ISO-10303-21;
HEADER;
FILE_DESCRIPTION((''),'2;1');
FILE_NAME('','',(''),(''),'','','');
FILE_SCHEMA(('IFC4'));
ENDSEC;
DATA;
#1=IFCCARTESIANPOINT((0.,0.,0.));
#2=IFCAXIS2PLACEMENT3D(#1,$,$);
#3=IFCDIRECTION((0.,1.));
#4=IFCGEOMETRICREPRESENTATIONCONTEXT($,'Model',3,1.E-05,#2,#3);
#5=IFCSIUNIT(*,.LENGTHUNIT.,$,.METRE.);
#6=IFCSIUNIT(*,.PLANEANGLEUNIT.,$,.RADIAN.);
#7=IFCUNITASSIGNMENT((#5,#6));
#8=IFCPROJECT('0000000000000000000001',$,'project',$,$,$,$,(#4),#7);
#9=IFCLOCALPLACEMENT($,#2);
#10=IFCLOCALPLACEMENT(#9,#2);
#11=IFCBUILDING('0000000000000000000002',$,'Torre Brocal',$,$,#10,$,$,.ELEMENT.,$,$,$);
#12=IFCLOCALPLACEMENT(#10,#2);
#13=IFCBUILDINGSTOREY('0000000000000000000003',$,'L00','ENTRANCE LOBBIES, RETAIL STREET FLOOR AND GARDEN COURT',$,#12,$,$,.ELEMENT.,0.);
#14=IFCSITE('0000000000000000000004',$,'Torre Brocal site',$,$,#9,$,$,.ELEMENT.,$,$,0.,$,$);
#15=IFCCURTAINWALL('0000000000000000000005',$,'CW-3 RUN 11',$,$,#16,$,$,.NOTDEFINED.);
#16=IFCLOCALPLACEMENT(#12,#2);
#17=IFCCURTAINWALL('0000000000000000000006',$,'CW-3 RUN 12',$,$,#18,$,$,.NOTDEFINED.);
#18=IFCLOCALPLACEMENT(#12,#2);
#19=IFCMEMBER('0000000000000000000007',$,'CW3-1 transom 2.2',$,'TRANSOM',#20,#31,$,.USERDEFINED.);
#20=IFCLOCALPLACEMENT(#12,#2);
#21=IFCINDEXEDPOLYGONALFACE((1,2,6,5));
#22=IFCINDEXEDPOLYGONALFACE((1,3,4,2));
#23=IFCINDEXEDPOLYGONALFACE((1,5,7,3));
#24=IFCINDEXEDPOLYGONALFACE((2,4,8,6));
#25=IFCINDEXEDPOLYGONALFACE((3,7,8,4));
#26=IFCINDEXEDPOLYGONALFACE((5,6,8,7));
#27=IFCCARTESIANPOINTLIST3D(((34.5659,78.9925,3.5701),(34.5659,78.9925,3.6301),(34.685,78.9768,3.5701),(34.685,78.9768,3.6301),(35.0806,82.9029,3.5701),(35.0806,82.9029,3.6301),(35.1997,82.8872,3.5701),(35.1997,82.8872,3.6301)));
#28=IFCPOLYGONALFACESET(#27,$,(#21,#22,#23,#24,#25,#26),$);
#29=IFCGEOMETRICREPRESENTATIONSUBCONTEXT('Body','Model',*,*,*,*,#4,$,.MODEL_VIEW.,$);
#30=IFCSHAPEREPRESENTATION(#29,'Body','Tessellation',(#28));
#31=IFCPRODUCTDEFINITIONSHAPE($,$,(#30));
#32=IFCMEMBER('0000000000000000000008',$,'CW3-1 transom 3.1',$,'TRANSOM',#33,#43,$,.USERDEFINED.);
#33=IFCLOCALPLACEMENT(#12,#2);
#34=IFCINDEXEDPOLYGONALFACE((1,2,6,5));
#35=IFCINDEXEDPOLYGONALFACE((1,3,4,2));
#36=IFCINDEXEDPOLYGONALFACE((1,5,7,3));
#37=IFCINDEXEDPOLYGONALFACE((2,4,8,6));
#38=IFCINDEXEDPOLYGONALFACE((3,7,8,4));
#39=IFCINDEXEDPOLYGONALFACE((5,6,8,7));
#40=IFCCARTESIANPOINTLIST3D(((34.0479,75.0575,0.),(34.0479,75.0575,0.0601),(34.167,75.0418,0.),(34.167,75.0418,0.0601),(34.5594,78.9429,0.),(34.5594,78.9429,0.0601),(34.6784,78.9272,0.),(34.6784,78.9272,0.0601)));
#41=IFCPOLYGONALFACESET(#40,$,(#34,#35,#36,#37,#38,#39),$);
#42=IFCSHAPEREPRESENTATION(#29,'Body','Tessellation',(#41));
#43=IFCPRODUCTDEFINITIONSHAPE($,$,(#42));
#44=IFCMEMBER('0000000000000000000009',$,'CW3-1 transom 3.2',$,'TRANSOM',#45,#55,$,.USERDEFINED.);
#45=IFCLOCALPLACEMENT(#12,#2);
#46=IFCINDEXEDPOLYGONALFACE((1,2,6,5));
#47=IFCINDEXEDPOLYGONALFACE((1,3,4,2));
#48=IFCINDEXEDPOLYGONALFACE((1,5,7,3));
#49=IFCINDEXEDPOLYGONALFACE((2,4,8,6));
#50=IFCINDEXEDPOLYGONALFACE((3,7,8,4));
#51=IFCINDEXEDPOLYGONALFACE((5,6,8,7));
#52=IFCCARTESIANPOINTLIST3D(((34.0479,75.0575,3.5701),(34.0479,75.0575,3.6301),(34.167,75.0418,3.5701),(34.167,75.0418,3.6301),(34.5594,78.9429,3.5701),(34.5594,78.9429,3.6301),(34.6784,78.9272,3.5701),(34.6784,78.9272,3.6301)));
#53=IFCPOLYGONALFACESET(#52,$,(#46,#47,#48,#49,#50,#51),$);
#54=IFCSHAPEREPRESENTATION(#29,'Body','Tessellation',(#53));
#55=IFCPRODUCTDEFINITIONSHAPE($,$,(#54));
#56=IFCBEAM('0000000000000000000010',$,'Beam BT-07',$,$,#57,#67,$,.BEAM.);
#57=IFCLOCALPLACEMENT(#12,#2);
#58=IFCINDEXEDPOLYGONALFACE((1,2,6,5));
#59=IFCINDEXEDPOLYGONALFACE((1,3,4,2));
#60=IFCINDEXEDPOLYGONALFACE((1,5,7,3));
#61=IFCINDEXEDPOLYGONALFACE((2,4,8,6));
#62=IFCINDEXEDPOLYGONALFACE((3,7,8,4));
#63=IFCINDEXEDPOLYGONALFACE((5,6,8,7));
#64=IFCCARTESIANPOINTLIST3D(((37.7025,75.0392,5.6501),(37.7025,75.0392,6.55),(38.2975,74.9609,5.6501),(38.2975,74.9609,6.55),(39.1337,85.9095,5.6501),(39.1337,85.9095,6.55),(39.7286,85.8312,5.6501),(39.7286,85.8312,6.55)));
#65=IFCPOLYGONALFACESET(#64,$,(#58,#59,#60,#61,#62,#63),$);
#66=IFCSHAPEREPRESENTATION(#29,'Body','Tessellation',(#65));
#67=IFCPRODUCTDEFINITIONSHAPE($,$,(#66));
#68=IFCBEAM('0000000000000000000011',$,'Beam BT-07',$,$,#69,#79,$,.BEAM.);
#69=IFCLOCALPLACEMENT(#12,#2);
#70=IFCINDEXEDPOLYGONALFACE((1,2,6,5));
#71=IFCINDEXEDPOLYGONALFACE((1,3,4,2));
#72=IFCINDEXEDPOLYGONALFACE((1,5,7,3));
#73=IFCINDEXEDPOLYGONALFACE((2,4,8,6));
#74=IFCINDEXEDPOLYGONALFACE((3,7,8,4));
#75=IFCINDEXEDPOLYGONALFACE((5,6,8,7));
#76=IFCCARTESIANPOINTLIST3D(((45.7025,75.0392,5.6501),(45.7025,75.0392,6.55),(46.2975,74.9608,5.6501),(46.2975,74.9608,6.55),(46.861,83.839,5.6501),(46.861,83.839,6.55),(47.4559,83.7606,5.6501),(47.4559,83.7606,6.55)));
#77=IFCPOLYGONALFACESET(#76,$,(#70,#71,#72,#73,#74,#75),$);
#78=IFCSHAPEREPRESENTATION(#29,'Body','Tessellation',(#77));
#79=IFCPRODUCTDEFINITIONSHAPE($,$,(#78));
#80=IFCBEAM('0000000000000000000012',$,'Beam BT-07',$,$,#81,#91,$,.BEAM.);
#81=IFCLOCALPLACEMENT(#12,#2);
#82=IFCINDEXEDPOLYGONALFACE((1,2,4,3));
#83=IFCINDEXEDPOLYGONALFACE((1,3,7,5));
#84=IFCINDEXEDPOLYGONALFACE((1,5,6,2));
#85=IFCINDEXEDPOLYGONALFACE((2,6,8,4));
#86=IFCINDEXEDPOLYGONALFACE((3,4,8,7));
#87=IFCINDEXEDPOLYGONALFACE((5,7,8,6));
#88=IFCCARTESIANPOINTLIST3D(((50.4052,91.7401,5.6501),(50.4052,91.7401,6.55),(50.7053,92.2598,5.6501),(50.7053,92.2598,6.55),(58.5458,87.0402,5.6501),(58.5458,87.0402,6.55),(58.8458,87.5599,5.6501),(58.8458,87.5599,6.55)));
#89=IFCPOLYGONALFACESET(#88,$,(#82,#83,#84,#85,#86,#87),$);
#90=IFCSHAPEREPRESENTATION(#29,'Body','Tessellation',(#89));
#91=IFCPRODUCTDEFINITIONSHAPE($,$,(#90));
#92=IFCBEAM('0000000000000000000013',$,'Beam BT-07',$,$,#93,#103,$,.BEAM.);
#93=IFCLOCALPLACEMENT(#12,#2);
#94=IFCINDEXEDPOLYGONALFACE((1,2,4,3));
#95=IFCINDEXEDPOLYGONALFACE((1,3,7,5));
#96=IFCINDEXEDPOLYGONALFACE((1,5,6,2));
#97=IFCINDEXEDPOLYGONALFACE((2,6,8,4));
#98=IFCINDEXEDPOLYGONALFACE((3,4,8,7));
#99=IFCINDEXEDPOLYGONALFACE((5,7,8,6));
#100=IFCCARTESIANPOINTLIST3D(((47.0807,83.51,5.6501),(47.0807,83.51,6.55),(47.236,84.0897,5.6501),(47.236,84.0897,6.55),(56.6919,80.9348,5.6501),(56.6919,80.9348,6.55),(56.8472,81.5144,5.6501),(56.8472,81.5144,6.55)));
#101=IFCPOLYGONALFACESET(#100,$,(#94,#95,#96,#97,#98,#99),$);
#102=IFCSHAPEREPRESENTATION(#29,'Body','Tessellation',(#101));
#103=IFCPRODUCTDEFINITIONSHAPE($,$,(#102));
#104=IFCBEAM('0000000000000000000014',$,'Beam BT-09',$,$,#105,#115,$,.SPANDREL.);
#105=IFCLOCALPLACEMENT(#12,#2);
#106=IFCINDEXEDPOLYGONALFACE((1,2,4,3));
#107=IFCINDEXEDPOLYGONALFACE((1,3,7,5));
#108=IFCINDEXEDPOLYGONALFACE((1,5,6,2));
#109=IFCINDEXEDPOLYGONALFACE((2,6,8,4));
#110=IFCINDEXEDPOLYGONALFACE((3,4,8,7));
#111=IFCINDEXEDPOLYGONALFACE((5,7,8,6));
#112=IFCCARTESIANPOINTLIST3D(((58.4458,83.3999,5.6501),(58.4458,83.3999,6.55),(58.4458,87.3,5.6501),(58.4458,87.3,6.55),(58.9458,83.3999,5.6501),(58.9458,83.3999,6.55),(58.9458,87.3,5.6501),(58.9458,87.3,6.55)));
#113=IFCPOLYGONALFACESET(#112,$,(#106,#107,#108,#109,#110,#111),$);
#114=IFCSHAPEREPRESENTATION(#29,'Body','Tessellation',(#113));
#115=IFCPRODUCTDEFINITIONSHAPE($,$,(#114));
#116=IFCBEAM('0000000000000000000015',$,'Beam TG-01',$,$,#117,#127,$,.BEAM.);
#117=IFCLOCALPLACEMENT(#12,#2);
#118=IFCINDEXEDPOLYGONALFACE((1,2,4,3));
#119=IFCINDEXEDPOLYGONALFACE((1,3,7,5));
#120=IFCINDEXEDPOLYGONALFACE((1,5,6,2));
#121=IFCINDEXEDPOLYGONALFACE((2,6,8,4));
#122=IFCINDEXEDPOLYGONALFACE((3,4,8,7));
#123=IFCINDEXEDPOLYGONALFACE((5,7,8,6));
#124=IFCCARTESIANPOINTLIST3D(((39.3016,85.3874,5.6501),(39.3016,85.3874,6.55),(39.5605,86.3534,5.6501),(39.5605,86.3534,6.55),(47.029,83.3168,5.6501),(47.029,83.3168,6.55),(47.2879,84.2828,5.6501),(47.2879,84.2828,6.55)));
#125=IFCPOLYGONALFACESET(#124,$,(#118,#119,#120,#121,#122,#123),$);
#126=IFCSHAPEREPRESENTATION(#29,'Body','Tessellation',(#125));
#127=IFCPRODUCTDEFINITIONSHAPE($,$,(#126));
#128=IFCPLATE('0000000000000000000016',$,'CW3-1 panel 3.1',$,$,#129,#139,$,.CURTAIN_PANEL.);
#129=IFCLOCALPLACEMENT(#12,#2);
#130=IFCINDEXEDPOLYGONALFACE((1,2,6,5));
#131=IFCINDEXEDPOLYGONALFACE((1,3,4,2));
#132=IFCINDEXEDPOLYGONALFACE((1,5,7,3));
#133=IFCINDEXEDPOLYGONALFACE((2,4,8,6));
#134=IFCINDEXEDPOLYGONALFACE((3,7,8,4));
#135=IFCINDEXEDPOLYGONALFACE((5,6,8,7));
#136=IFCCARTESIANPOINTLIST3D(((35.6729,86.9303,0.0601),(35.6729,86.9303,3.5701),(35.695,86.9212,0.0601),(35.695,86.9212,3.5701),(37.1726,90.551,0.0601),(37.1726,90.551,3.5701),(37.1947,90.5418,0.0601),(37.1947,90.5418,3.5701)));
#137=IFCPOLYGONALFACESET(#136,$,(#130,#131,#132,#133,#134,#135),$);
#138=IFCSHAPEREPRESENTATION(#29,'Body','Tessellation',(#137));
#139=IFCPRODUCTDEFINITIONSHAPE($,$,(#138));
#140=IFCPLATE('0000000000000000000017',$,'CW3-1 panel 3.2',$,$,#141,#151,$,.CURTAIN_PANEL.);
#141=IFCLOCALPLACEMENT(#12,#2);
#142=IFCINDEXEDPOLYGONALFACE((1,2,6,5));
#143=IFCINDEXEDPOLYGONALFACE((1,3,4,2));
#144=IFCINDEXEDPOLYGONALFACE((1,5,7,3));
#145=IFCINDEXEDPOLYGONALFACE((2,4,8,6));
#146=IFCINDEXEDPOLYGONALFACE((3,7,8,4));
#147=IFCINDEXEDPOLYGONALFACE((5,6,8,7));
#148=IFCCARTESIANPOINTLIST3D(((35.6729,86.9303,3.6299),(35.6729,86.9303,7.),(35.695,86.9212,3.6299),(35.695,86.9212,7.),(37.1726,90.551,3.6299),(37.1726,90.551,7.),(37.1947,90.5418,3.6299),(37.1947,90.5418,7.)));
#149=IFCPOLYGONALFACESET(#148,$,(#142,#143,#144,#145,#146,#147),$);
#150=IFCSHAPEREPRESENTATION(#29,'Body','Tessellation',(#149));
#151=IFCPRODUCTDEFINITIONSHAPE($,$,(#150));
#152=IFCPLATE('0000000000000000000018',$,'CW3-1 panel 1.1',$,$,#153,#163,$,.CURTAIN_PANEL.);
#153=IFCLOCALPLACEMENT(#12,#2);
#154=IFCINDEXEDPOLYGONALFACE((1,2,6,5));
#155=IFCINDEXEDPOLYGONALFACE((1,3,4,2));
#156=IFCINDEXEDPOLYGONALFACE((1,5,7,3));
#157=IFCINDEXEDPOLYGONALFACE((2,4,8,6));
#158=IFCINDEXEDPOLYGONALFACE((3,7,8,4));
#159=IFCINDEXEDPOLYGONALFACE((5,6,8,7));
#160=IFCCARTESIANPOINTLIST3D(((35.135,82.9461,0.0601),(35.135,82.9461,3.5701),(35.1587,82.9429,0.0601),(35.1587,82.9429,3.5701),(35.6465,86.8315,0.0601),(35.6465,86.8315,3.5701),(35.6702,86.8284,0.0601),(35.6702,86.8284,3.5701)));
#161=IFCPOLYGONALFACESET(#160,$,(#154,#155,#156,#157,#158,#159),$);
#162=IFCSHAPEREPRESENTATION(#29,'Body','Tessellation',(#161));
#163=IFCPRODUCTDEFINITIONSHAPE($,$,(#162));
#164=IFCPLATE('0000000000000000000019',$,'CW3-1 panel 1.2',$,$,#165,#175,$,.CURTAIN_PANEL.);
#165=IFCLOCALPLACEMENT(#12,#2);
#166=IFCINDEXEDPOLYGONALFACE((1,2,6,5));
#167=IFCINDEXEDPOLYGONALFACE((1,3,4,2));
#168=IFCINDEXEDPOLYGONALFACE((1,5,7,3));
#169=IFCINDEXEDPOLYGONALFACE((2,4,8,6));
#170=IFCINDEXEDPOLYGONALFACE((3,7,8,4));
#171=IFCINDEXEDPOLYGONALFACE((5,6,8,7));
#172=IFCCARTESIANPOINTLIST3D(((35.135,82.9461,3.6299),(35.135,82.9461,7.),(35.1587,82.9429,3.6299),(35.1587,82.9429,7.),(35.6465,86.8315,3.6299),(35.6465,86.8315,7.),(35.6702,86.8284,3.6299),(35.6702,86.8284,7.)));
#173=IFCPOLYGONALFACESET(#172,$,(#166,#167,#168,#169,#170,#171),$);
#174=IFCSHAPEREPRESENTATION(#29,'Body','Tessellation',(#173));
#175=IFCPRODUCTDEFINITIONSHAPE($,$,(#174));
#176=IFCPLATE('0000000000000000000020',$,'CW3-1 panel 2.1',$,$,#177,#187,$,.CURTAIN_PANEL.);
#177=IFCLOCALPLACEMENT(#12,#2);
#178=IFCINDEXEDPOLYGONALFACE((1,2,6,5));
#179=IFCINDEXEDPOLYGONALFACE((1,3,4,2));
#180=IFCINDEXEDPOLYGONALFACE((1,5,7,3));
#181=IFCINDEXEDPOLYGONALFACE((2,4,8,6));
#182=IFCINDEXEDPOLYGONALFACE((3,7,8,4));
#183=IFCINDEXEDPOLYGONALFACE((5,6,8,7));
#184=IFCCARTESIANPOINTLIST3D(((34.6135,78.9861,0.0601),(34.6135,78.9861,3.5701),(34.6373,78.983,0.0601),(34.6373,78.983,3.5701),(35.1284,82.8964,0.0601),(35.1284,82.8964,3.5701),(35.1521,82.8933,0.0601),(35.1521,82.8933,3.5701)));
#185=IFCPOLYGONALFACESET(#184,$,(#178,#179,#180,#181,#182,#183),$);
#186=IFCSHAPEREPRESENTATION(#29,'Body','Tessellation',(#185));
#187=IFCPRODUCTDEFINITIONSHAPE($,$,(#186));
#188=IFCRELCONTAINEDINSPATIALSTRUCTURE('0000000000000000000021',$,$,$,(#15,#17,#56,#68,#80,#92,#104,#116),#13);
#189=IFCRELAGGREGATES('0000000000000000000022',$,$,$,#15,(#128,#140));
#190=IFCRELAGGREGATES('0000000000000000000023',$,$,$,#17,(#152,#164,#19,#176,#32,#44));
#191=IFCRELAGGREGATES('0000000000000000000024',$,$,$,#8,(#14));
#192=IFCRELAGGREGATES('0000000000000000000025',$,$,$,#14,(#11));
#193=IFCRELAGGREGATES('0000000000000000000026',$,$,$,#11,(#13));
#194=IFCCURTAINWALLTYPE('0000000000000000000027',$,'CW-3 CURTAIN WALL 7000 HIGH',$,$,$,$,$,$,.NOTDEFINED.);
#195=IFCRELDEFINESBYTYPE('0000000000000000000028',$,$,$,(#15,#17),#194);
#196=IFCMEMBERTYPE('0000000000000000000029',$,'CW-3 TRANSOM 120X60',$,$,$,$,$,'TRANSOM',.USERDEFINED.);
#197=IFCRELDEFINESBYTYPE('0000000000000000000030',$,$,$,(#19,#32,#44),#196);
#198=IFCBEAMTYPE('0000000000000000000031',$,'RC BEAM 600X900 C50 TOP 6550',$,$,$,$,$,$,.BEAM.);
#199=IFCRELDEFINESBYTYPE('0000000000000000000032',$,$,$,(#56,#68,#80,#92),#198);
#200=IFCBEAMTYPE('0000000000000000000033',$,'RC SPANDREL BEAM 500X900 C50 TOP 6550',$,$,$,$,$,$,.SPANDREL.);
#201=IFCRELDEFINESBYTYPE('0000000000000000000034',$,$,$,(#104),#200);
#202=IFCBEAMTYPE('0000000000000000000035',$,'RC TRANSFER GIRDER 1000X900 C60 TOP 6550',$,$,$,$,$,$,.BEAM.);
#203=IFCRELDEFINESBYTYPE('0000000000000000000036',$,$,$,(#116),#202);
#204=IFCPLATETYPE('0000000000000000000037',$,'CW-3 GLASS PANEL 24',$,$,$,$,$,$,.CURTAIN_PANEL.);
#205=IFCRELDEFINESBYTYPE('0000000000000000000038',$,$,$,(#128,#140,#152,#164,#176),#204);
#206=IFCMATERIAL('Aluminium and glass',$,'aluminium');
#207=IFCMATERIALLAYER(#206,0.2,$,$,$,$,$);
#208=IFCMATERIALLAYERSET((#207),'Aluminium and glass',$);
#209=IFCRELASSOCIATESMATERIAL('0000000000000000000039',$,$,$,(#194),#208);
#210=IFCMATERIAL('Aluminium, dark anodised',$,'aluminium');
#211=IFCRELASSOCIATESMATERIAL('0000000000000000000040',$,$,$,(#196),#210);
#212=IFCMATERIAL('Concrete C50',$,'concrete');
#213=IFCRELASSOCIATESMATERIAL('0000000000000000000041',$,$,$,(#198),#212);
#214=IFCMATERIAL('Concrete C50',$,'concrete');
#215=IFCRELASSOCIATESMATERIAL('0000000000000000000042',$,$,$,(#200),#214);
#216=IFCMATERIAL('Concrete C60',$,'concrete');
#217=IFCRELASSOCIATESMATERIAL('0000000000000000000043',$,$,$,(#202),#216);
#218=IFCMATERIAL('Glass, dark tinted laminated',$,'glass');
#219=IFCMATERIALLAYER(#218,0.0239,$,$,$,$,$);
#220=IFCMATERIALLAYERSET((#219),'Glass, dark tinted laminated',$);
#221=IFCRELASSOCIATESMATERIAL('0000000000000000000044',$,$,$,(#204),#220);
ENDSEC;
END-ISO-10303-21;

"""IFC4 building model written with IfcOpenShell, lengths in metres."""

from ifc_helpers import new_model, si_unit, direction, frame, origin, origin_2d, place, context, subcontext, project, spatial, rectangle, extrude, material, layer, layer_set, material_profile, profile_set, type_object, element, aggregate, save


model = new_model("IFC4")

# Units and contexts
model_context = context("Model", 3, precision=1e-05, world=origin(), true_north=direction((0.0, 1.0)))
body_context = subcontext(model_context, "Body", "Model", "MODEL_VIEW")
ifc_project = project(units=[si_unit("LENGTHUNIT", "METRE"), si_unit("PLANEANGLEUNIT", "RADIAN")], contexts=[model_context])

# Site, building, storey
site_placement = place(None, origin())
site = spatial("IfcSite", under=ifc_project, at=site_placement, Name="Torre Brocal site", CompositionType="ELEMENT", RefElevation=0.0)
building_placement = place(site_placement, origin())
building = spatial("IfcBuilding", under=site, at=building_placement, Name="Torre Brocal", CompositionType="ELEMENT")
storey_placement = place(building_placement, origin())
storey = spatial("IfcBuildingStorey", under=building, at=storey_placement, Name="L00", Description="ENTRANCE LOBBIES, RETAIL STREET FLOOR AND GARDEN COURT", CompositionType="ELEMENT", Elevation=0.0)

# Curtain walls
ifc_material_1 = material(Name="Aluminium and glass", Category="aluminium")
ifc_layer_1 = layer(ifc_material_1, 0.2)
ifc_layer_set_1 = layer_set([ifc_layer_1], Name="Aluminium and glass")
curtain_wall_type = type_object("IfcCurtainWallType", Name="CW-3 CURTAIN WALL 7000 HIGH", PredefinedType="NOTDEFINED", material=ifc_layer_set_1)
curtain_wall_1_placement = place(storey_placement, origin())
curtain_wall_1 = element("IfcCurtainWall", 1, at=curtain_wall_1_placement, inside=storey, type_object=curtain_wall_type, Name="CW-3 RUN 11", PredefinedType="NOTDEFINED")
curtain_wall_2_placement = place(storey_placement, origin())
curtain_wall_2 = element("IfcCurtainWall", 2, at=curtain_wall_2_placement, inside=storey, type_object=curtain_wall_type, Name="CW-3 RUN 12", PredefinedType="NOTDEFINED")

# Members
ifc_material_2 = material(Name="Aluminium, dark anodised", Category="aluminium")
ifc_material_profile_1 = material_profile(ifc_material_2, rectangle(XDim=0.1201, YDim=0.0601, at=origin_2d()), Name="CW-3 TRANSOM 120X60")
ifc_profile_set_1 = profile_set([ifc_material_profile_1], Name="Aluminium, dark anodised")
member_type_1 = type_object("IfcMemberType", Name="CW-3 TRANSOM 120X60", ElementType="TRANSOM", PredefinedType="USERDEFINED", material=ifc_profile_set_1)
member_1_placement = place(storey_placement, frame((35.1401, 82.895, 3.6001), z_axis=(-0.130485, -0.99145, 0.0), x_axis=(0.99145, -0.130485, 0.0)))
member_1 = element("IfcMember", 3, at=member_1_placement, type_object=member_type_1, Name="CW3-1 transom 2.2", ObjectType="TRANSOM", PredefinedType="USERDEFINED", context=body_context, shape_type="SweptSolid", body=[
    extrude(rectangle(XDim=0.1201, YDim=0.0601, at=origin_2d()), origin(), (0.0, 0.0, 1.0), 3.9441),
])
member_2_placement = place(storey_placement, frame((34.6189, 78.9351, 0.03), z_axis=(-0.130511, -0.991447, 0.0), x_axis=(0.991447, -0.130511, 0.0)))
member_2 = element("IfcMember", 4, at=member_2_placement, type_object=member_type_1, Name="CW3-1 transom 3.1", ObjectType="TRANSOM", PredefinedType="USERDEFINED", context=body_context, shape_type="SweptSolid", body=[
    extrude(rectangle(XDim=0.1201, YDim=0.0601, at=origin_2d()), origin(), (0.0, 0.0, 1.0), 3.9189),
])
member_3_placement = place(storey_placement, frame((34.6189, 78.9351, 3.6001), z_axis=(-0.130511, -0.991447, 0.0), x_axis=(0.991447, -0.130511, 0.0)))
member_3 = element("IfcMember", 5, at=member_3_placement, type_object=member_type_1, Name="CW3-1 transom 3.2", ObjectType="TRANSOM", PredefinedType="USERDEFINED", context=body_context, shape_type="SweptSolid", body=[
    extrude(rectangle(XDim=0.1201, YDim=0.0601, at=origin_2d()), origin(), (0.0, 0.0, 1.0), 3.9189),
])

# Beams
ifc_material_3 = material(Name="Concrete C50", Category="concrete")
ifc_material_profile_2 = material_profile(ifc_material_3, rectangle(XDim=0.6001, YDim=0.8999, at=origin_2d()), Name="RC 600X900")
ifc_profile_set_2 = profile_set([ifc_material_profile_2], Name="Concrete C50")
beam_type_1 = type_object("IfcBeamType", Name="RC BEAM 600X900 C50 TOP 6550", PredefinedType="BEAM", material=ifc_profile_set_2)
beam_1_placement = place(storey_placement, frame((39.4312, 85.8704, 6.1001), z_axis=(-0.13053, -0.991444, 0.0), x_axis=(0.991444, -0.13053, 0.0)))
element("IfcBeam", 6, at=beam_1_placement, inside=storey, type_object=beam_type_1, Name="Beam BT-07", PredefinedType="BEAM", context=body_context, shape_type="SweptSolid", body=[
    extrude(rectangle(XDim=0.6001, YDim=0.8999, at=origin_2d()), origin(), (0.0, 0.0, 1.0), 10.9641),
])
beam_2_placement = place(storey_placement, frame((47.1584, 83.7998, 6.1001), z_axis=(-0.130519, -0.991446, 0.0), x_axis=(0.991446, -0.130519, 0.0)))
element("IfcBeam", 7, at=beam_2_placement, inside=storey, type_object=beam_type_1, Name="Beam BT-07", PredefinedType="BEAM", context=body_context, shape_type="SweptSolid", body=[
    extrude(rectangle(XDim=0.6001, YDim=0.8999, at=origin_2d()), origin(), (0.0, 0.0, 1.0), 8.8757),
])
beam_3_placement = place(storey_placement, frame((58.6958, 87.3, 6.1001), z_axis=(-0.866027, 0.499997, 0.0), x_axis=(-0.499997, -0.866027, 0.0)))
element("IfcBeam", 8, at=beam_3_placement, inside=storey, type_object=beam_type_1, Name="Beam BT-07", PredefinedType="BEAM", context=body_context, shape_type="SweptSolid", body=[
    extrude(rectangle(XDim=0.6001, YDim=0.8999, at=origin_2d()), origin(), (0.0, 0.0, 1.0), 9.3999),
])
beam_4_placement = place(storey_placement, frame((56.7695, 81.2246, 6.1001), z_axis=(-0.965928, 0.258811, 0.0), x_axis=(-0.258811, -0.965928, 0.0)))
element("IfcBeam", 9, at=beam_4_placement, inside=storey, type_object=beam_type_1, Name="Beam BT-07", PredefinedType="BEAM", context=body_context, shape_type="SweptSolid", body=[
    extrude(rectangle(XDim=0.6001, YDim=0.8999, at=origin_2d()), origin(), (0.0, 0.0, 1.0), 9.9502),
])
ifc_material_4 = material(Name="Concrete C50", Category="concrete")
ifc_material_profile_3 = material_profile(ifc_material_4, rectangle(XDim=0.5, YDim=0.8999, at=origin_2d()), Name="RC 500X900")
ifc_profile_set_3 = profile_set([ifc_material_profile_3], Name="Concrete C50")
beam_type_2 = type_object("IfcBeamType", Name="RC SPANDREL BEAM 500X900 C50 TOP 6550", PredefinedType="SPANDREL", material=ifc_profile_set_3)
beam_5_placement = place(storey_placement, frame((58.6958, 87.3, 6.1001), z_axis=(0.0, -1.0, 0.0), x_axis=(1.0, 0.0, 0.0)))
element("IfcBeam", 10, at=beam_5_placement, inside=storey, type_object=beam_type_2, Name="Beam BT-09", PredefinedType="SPANDREL", context=body_context, shape_type="SweptSolid", body=[
    extrude(rectangle(XDim=0.5, YDim=0.8999, at=origin_2d()), origin(), (0.0, 0.0, 1.0), 3.9001),
])
ifc_material_5 = material(Name="Concrete C60", Category="concrete")
ifc_material_profile_4 = material_profile(ifc_material_5, rectangle(XDim=1.0, YDim=0.8999, at=origin_2d()), Name="RC 1000X900")
ifc_profile_set_4 = profile_set([ifc_material_profile_4], Name="Concrete C60")
beam_type_3 = type_object("IfcBeamType", Name="RC TRANSFER GIRDER 1000X900 C60 TOP 6550", PredefinedType="BEAM", material=ifc_profile_set_4)
beam_6_placement = place(storey_placement, frame((47.1584, 83.7998, 6.1001), z_axis=(-0.965925, 0.258823, 0.0), x_axis=(-0.258823, -0.965925, 0.0)))
element("IfcBeam", 11, at=beam_6_placement, inside=storey, type_object=beam_type_3, Name="Beam TG-01", PredefinedType="BEAM", context=body_context, shape_type="SweptSolid", body=[
    extrude(rectangle(XDim=1.0, YDim=0.8999, at=origin_2d()), origin(), (0.0, 0.0, 1.0), 8.0),
])

# Plates
ifc_material_6 = material(Name="Glass, dark tinted laminated", Category="glass")
ifc_layer_2 = layer(ifc_material_6, 0.0239)
ifc_layer_set_2 = layer_set([ifc_layer_2], Name="Glass, dark tinted laminated")
plate_type = type_object("IfcPlateType", Name="CW-3 GLASS PANEL 24", PredefinedType="CURTAIN_PANEL", material=ifc_layer_set_2)
plate_1_placement = place(storey_placement, frame((36.4338, 88.7361, 0.0601), z_axis=(0.0, 0.0, 1.0), x_axis=(-0.382683, -0.92388, 0.0)))
plate_1 = element("IfcPlate", 12, at=plate_1_placement, type_object=plate_type, Name="CW3-1 panel 3.1", PredefinedType="CURTAIN_PANEL", context=body_context, shape_type="SweptSolid", body=[
    extrude(rectangle(XDim=3.9189, YDim=0.0239, at=origin_2d()), origin(), (0.0, 0.0, 1.0), 3.51),
])
plate_2_placement = place(storey_placement, frame((36.4338, 88.7361, 3.6299), z_axis=(0.0, 0.0, 1.0), x_axis=(-0.382683, -0.92388, 0.0)))
plate_2 = element("IfcPlate", 13, at=plate_2_placement, type_object=plate_type, Name="CW3-1 panel 3.2", PredefinedType="CURTAIN_PANEL", context=body_context, shape_type="SweptSolid", body=[
    extrude(rectangle(XDim=3.9189, YDim=0.0239, at=origin_2d()), origin(), (0.0, 0.0, 1.0), 3.3701),
])
aggregate(curtain_wall_1, [plate_1, plate_2])
plate_3_placement = place(storey_placement, frame((35.4026, 84.8872, 0.0601), z_axis=(0.0, 0.0, 1.0), x_axis=(-0.130526, -0.991445, 0.0)))
plate_3 = element("IfcPlate", 14, at=plate_3_placement, type_object=plate_type, Name="CW3-1 panel 1.1", PredefinedType="CURTAIN_PANEL", context=body_context, shape_type="SweptSolid", body=[
    extrude(rectangle(XDim=3.9189, YDim=0.0239, at=origin_2d()), origin(), (0.0, 0.0, 1.0), 3.51),
])
plate_4_placement = place(storey_placement, frame((35.4026, 84.8872, 3.6299), z_axis=(0.0, 0.0, 1.0), x_axis=(-0.130526, -0.991445, 0.0)))
plate_4 = element("IfcPlate", 15, at=plate_4_placement, type_object=plate_type, Name="CW3-1 panel 1.2", PredefinedType="CURTAIN_PANEL", context=body_context, shape_type="SweptSolid", body=[
    extrude(rectangle(XDim=3.9189, YDim=0.0239, at=origin_2d()), origin(), (0.0, 0.0, 1.0), 3.3701),
])
plate_5_placement = place(storey_placement, frame((34.8828, 80.9397, 0.0601), z_axis=(0.0, 0.0, 1.0), x_axis=(-0.130526, -0.991445, 0.0)))
plate_5 = element("IfcPlate", 16, at=plate_5_placement, type_object=plate_type, Name="CW3-1 panel 2.1", PredefinedType="CURTAIN_PANEL", context=body_context, shape_type="SweptSolid", body=[
    extrude(rectangle(XDim=3.9441, YDim=0.0239, at=origin_2d()), origin(), (0.0, 0.0, 1.0), 3.51),
])
aggregate(curtain_wall_2, [plate_3, plate_4, member_1, plate_5, member_2, member_3])

save(model, "model.ifc")
